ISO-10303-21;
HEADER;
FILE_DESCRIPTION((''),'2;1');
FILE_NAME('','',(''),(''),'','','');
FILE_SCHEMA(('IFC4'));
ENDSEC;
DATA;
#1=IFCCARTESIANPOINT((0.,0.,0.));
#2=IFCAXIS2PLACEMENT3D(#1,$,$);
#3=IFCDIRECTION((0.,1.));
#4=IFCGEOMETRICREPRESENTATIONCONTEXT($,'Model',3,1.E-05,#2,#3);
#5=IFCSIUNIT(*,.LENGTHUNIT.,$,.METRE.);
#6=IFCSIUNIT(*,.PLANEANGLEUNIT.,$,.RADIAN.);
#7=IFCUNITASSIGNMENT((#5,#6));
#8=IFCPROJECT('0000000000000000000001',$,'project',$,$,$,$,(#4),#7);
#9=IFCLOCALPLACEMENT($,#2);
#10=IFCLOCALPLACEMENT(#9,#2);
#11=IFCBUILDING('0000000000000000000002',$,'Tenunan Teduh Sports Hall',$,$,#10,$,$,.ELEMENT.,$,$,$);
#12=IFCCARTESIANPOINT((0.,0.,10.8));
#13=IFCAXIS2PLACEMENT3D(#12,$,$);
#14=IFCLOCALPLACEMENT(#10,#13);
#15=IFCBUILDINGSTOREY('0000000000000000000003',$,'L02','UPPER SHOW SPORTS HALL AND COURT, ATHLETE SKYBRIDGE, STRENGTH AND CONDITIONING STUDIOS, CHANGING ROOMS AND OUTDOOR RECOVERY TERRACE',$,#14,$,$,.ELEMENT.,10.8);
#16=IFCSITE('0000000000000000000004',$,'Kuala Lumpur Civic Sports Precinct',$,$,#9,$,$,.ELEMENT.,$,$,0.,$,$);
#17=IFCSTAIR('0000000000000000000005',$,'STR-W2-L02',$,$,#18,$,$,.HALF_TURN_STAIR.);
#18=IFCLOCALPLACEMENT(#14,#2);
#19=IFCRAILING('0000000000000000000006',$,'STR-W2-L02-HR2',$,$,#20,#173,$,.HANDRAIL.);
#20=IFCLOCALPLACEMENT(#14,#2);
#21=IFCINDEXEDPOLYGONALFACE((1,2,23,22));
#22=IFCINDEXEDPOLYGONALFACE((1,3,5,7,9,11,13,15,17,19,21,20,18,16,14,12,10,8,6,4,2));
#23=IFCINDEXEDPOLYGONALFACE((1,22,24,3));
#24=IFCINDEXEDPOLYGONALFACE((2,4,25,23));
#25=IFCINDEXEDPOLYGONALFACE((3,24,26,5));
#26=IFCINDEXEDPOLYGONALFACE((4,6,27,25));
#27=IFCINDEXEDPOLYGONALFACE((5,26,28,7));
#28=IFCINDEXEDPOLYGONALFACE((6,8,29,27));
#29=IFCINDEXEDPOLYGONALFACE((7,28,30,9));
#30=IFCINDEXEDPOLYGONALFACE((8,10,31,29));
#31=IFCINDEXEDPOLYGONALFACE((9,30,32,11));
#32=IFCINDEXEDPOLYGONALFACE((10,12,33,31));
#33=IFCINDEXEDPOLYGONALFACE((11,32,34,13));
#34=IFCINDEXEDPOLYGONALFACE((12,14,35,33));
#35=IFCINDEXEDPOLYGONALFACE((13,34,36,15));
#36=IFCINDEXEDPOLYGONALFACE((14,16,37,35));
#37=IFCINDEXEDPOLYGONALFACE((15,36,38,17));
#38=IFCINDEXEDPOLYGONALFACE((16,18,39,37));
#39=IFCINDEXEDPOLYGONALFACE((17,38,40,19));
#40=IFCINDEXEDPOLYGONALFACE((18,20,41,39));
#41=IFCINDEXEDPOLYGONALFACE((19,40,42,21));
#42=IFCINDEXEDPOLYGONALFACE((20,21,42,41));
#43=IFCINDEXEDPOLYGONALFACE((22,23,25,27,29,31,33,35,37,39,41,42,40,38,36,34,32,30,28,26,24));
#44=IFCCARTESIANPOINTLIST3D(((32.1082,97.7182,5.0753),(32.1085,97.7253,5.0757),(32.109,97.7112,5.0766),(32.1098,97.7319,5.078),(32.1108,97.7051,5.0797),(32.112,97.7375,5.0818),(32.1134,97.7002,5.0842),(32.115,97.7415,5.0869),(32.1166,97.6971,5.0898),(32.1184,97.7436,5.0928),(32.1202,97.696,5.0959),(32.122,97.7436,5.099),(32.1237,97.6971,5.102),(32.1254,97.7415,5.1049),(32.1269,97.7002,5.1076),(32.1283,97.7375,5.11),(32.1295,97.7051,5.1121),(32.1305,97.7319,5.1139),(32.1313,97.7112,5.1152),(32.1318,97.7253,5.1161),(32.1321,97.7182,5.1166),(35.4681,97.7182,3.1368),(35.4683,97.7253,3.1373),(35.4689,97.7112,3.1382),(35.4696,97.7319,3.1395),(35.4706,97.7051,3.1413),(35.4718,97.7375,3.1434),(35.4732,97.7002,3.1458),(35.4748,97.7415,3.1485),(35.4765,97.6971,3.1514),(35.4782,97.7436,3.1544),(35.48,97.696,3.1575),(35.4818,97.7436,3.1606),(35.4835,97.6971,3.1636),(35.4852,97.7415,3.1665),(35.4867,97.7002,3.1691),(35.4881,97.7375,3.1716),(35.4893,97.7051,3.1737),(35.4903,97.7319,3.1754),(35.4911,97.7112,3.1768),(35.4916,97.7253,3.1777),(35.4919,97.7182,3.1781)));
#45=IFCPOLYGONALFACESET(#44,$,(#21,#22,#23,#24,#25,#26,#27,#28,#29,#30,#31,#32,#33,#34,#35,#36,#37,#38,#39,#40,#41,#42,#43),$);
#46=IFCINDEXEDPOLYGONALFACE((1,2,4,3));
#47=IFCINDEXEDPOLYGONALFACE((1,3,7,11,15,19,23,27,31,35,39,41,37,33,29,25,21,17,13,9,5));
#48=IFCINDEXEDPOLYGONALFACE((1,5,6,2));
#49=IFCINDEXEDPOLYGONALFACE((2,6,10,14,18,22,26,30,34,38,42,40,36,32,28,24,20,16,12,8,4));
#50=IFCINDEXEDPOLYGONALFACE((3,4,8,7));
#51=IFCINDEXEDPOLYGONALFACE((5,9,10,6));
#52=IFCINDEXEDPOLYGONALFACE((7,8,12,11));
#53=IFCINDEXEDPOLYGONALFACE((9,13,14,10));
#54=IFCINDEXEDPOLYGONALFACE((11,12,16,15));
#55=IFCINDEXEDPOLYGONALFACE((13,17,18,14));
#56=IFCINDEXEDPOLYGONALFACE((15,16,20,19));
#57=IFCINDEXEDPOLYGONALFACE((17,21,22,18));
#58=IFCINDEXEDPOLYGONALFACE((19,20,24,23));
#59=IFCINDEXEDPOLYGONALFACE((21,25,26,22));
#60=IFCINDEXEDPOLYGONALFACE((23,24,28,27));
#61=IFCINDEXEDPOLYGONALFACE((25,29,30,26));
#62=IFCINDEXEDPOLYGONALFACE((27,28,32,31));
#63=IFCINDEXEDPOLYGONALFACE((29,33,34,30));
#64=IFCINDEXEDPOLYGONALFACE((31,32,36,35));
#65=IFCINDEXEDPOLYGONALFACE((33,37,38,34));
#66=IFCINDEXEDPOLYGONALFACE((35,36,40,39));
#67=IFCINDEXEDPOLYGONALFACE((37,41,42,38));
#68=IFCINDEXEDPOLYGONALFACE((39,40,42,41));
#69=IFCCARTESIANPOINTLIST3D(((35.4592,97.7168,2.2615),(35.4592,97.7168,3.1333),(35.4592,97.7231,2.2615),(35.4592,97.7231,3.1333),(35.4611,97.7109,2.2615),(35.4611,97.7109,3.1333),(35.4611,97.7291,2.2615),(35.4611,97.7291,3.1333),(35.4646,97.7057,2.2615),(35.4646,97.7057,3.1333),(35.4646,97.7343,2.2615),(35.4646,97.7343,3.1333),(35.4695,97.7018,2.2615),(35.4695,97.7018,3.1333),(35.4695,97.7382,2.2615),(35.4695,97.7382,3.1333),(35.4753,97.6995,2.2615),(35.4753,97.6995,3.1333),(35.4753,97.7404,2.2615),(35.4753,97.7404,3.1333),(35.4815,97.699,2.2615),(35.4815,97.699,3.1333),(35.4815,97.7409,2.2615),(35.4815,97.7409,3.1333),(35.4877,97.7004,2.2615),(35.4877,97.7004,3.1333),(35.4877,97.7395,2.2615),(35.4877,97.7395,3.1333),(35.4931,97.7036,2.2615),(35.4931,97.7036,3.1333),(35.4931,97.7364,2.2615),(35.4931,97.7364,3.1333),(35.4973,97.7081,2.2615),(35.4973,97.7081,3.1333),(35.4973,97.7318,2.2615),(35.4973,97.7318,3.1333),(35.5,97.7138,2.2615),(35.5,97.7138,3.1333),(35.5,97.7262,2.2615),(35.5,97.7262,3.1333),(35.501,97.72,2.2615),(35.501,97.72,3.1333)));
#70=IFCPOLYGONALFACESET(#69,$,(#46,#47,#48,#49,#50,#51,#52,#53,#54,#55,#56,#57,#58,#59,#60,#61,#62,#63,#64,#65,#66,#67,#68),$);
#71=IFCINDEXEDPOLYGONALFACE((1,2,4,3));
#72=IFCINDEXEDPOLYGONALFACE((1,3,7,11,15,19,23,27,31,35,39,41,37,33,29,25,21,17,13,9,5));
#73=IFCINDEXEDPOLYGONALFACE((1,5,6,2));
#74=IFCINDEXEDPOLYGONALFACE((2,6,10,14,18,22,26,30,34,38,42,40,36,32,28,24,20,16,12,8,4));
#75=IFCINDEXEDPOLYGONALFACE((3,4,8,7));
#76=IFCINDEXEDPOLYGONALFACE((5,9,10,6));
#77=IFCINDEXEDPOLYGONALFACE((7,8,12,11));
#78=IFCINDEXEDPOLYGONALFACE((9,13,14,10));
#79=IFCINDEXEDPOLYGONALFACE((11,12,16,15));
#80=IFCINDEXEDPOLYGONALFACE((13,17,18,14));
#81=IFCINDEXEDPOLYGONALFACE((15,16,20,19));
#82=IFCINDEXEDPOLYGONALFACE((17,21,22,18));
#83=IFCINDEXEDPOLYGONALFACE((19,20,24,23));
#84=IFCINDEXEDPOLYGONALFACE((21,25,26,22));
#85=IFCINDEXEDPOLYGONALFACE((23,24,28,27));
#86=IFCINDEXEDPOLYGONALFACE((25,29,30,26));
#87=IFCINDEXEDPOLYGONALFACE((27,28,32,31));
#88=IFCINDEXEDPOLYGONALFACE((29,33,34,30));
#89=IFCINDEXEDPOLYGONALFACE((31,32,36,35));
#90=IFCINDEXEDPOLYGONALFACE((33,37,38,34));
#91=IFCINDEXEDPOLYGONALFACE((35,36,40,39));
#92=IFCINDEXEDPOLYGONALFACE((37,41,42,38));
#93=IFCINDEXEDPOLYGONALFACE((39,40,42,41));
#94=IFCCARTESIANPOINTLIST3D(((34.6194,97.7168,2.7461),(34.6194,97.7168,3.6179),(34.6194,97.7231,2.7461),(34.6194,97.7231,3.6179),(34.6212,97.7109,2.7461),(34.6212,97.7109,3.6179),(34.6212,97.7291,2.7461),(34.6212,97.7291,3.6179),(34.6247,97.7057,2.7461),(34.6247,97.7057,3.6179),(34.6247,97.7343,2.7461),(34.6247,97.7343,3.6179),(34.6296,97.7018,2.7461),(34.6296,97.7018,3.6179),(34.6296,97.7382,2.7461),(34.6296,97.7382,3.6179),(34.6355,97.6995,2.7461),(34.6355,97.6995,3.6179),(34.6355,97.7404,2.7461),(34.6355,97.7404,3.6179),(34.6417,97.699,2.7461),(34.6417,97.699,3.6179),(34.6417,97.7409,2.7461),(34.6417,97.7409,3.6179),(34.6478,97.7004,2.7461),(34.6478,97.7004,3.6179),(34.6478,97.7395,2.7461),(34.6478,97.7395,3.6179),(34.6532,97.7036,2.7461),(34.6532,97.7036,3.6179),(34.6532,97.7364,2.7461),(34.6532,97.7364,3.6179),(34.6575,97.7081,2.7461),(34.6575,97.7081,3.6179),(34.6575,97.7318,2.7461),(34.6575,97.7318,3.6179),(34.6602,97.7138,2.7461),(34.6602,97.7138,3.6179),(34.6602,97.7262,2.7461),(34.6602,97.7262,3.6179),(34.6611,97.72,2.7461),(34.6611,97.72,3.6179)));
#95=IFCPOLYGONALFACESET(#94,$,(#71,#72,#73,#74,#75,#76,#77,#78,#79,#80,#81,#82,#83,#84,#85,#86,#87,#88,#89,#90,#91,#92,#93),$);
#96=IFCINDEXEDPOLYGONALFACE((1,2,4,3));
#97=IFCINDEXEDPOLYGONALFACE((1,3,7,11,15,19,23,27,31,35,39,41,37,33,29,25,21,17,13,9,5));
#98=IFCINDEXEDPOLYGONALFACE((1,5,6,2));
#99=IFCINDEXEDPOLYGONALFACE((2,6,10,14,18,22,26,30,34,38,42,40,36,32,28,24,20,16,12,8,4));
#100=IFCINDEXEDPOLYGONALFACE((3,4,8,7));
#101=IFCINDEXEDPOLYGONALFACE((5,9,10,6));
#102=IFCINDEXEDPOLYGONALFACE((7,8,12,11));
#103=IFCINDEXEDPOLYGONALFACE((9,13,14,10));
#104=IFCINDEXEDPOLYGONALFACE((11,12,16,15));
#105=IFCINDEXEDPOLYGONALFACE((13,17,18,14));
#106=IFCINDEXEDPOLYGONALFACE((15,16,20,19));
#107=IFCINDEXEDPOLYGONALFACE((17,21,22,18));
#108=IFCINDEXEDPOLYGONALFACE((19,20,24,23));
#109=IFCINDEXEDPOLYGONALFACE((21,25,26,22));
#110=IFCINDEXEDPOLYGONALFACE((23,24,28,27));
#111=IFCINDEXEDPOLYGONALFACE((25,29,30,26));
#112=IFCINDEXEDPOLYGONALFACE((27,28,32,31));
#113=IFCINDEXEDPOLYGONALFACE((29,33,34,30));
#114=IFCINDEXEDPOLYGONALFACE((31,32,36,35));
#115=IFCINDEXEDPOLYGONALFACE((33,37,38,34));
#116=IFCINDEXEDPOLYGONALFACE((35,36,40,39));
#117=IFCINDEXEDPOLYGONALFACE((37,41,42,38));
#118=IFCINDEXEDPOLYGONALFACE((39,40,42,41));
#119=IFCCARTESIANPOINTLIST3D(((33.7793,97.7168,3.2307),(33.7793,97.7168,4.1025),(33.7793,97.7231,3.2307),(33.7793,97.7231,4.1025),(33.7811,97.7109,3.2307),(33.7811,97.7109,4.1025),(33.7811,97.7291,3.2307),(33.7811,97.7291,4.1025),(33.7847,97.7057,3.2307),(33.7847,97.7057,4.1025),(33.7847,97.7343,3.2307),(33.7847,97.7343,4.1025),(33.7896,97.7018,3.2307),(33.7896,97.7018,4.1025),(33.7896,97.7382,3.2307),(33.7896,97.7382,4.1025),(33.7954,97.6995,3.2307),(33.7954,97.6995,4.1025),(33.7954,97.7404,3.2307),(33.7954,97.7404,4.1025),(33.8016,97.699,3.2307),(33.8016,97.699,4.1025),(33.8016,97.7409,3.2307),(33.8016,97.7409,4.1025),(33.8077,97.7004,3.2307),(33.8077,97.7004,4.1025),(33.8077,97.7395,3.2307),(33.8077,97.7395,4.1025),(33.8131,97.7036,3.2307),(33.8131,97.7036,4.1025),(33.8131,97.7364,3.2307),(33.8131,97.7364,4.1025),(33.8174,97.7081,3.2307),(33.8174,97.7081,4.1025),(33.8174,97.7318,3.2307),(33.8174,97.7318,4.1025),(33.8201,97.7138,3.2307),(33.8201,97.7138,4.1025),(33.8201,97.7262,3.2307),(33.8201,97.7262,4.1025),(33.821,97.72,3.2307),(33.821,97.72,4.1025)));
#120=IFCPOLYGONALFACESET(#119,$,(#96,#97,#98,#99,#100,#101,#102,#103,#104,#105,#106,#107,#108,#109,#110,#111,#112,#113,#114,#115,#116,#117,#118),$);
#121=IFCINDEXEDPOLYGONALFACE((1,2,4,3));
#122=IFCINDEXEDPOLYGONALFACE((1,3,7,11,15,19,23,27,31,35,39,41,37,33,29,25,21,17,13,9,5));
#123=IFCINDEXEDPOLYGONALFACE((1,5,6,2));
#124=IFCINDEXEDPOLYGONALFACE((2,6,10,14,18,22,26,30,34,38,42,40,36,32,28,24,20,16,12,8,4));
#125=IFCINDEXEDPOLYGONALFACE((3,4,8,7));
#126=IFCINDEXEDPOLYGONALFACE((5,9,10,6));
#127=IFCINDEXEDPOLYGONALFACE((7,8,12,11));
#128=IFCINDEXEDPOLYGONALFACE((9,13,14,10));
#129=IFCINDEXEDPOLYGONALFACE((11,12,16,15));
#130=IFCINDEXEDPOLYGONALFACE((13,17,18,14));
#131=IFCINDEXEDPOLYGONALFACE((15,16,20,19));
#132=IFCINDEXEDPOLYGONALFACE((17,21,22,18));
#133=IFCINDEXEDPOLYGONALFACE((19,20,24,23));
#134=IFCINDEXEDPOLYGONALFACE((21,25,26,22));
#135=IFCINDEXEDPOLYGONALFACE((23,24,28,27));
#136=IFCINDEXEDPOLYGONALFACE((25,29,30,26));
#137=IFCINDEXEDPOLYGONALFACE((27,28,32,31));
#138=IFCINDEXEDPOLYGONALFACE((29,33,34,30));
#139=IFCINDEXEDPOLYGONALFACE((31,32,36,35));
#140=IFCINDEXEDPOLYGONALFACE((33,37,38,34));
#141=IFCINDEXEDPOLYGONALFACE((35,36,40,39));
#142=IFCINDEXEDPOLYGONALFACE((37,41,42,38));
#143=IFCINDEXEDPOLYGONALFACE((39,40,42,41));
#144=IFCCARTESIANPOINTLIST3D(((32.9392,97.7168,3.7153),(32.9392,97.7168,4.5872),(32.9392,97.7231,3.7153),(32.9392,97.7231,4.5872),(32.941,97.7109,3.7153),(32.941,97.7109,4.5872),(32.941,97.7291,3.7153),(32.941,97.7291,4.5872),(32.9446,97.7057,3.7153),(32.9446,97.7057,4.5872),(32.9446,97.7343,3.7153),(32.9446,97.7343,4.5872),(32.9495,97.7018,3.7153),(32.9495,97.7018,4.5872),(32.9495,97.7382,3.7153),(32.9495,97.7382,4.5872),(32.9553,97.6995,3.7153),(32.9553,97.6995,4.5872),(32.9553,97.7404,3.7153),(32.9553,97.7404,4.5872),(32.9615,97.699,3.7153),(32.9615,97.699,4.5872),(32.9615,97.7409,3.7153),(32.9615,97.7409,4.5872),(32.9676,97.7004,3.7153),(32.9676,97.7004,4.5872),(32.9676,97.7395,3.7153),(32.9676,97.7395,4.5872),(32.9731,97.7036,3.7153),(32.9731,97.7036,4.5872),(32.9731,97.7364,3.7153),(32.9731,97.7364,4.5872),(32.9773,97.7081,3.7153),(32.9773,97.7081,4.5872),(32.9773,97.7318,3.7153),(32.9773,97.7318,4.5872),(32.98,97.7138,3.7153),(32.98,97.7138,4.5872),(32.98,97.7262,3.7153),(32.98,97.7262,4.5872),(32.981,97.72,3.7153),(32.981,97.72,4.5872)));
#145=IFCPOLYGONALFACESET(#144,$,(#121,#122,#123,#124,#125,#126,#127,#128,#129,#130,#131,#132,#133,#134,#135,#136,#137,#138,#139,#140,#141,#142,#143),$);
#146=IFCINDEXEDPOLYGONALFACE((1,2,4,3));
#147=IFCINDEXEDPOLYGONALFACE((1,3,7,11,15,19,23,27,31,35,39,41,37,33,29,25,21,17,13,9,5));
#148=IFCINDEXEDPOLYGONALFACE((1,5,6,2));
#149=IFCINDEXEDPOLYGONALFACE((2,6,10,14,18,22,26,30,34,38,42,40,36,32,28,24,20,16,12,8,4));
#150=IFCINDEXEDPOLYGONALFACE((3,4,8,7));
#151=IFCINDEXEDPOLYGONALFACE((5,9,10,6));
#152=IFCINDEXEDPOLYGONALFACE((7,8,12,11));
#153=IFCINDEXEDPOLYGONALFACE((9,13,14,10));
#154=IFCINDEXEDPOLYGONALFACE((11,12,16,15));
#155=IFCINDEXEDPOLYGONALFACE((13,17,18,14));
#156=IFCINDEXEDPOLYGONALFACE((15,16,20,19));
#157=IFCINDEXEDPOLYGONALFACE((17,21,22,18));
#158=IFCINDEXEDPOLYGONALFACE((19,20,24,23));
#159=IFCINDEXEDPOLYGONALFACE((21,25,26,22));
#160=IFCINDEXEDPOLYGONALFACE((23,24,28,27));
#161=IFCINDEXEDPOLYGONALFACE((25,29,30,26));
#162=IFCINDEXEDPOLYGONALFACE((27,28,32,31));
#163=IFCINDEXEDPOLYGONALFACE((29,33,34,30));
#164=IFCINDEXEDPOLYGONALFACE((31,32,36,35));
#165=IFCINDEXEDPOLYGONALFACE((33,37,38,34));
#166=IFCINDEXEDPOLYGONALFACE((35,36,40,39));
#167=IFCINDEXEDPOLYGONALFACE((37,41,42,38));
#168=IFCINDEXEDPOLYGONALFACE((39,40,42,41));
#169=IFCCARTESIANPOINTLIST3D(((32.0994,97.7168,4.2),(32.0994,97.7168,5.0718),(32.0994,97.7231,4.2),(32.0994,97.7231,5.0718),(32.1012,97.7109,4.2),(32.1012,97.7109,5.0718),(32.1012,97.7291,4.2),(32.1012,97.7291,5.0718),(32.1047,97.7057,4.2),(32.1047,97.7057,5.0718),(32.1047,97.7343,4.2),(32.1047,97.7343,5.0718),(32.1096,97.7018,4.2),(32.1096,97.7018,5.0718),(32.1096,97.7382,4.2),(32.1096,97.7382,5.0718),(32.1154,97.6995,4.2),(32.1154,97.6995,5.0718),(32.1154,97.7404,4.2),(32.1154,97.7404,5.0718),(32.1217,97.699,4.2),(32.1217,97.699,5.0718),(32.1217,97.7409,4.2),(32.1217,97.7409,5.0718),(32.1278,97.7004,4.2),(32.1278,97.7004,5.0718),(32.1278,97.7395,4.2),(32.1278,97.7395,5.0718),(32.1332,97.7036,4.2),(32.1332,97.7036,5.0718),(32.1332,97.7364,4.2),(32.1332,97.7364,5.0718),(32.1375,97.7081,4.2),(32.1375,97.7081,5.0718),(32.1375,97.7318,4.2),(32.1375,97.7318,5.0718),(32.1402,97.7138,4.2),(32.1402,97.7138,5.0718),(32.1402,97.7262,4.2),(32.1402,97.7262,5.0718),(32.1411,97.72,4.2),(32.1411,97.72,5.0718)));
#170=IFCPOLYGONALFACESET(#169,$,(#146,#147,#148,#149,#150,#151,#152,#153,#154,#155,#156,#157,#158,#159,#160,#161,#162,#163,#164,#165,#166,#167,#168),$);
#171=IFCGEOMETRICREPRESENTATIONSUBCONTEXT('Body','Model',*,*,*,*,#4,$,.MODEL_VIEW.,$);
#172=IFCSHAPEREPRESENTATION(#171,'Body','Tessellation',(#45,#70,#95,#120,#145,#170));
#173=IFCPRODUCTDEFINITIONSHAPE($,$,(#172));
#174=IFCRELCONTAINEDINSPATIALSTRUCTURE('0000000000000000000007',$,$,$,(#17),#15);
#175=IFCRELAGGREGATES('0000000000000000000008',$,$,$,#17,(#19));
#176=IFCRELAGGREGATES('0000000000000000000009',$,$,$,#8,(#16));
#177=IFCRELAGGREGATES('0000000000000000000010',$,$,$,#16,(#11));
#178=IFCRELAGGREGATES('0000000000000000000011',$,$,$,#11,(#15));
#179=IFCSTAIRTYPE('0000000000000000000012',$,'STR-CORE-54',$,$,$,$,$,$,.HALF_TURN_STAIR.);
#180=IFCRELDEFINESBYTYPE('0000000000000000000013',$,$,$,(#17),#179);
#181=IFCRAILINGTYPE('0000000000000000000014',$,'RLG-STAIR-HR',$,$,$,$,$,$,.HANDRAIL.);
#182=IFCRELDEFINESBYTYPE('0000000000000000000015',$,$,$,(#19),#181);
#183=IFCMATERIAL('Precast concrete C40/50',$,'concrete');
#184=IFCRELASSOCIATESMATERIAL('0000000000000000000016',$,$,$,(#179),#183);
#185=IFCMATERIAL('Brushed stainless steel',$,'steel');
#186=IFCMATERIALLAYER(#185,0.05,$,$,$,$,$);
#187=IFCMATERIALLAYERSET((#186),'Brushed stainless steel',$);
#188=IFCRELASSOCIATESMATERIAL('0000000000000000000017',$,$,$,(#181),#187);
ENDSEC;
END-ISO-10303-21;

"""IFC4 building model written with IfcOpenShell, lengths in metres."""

from ifc_helpers import new_model, si_unit, direction, frame, origin, origin_2d, place, context, subcontext, project, spatial, circle, extrude, material, layer, layer_set, type_object, element, aggregate, save


model = new_model("IFC4")

# Units and contexts
model_context = context("Model", 3, precision=1e-05, world=origin(), true_north=direction((0.0, 1.0)))
body_context = subcontext(model_context, "Body", "Model", "MODEL_VIEW")
ifc_project = project(units=[si_unit("LENGTHUNIT", "METRE"), si_unit("PLANEANGLEUNIT", "RADIAN")], contexts=[model_context])

# Site, building, storey
site_placement = place(None, origin())
site = spatial("IfcSite", under=ifc_project, at=site_placement, Name="Kuala Lumpur Civic Sports Precinct", CompositionType="ELEMENT", RefElevation=0.0)
building_placement = place(site_placement, origin())
building = spatial("IfcBuilding", under=site, at=building_placement, Name="Tenunan Teduh Sports Hall", CompositionType="ELEMENT")
storey_placement = place(building_placement, frame((0.0, 0.0, 10.8)))
storey = spatial("IfcBuildingStorey", under=building, at=storey_placement, Name="L02", Description="UPPER SHOW SPORTS HALL AND COURT, ATHLETE SKYBRIDGE, STRENGTH AND CONDITIONING STUDIOS, CHANGING ROOMS AND OUTDOOR RECOVERY TERRACE", CompositionType="ELEMENT", Elevation=10.8)

# Stair
ifc_material_1 = material(Name="Precast concrete C40/50", Category="concrete")
stair_type = type_object("IfcStairType", Name="STR-CORE-54", PredefinedType="HALF_TURN_STAIR", material=ifc_material_1)
stair_placement = place(storey_placement, origin())
stair = element("IfcStair", 1, at=stair_placement, inside=storey, type_object=stair_type, Name="STR-W2-L02", PredefinedType="HALF_TURN_STAIR")

# Railing
ifc_material_2 = material(Name="Brushed stainless steel", Category="steel")
ifc_layer_1 = layer(ifc_material_2, 0.05)
ifc_layer_set_1 = layer_set([ifc_layer_1], Name="Brushed stainless steel")
railing_type_1 = type_object("IfcRailingType", Name="RLG-STAIR-HR", PredefinedType="HANDRAIL", material=ifc_layer_set_1)
railing_1_placement = place(storey_placement, frame((35.48, 97.72, 2.2615)))
railing_1 = element("IfcRailing", 2, at=railing_1_placement, type_object=railing_type_1, Name="STR-W2-L02-HR2", PredefinedType="HANDRAIL", context=body_context, shape_type="SweptSolid", body=[
    extrude(circle(Radius=0.0239, at=origin_2d()), frame((0.0, 0.0, 0.896), z_axis=(-0.866175, 0.0, 0.499741), x_axis=(0.0, -1.0, 0.0)), (0.0, 0.0, 1.0), 3.8789),
    extrude(circle(Radius=0.021, at=origin_2d()), origin(), (0.0, 0.0, 1.0), 0.8718),
    extrude(circle(Radius=0.021, at=origin_2d()), frame((-0.8398, 0.0, 0.4846)), (0.0, 0.0, 1.0), 0.8718),
    extrude(circle(Radius=0.021, at=origin_2d()), frame((-1.6799, 0.0, 0.9692)), (0.0, 0.0, 1.0), 0.8718),
    extrude(circle(Radius=0.021, at=origin_2d()), frame((-2.52, 0.0, 1.4539)), (0.0, 0.0, 1.0), 0.8718),
    extrude(circle(Radius=0.021, at=origin_2d()), frame((-3.3599, 0.0, 1.9385)), (0.0, 0.0, 1.0), 0.8718),
])
aggregate(stair, [railing_1])

save(model, "model.ifc")
